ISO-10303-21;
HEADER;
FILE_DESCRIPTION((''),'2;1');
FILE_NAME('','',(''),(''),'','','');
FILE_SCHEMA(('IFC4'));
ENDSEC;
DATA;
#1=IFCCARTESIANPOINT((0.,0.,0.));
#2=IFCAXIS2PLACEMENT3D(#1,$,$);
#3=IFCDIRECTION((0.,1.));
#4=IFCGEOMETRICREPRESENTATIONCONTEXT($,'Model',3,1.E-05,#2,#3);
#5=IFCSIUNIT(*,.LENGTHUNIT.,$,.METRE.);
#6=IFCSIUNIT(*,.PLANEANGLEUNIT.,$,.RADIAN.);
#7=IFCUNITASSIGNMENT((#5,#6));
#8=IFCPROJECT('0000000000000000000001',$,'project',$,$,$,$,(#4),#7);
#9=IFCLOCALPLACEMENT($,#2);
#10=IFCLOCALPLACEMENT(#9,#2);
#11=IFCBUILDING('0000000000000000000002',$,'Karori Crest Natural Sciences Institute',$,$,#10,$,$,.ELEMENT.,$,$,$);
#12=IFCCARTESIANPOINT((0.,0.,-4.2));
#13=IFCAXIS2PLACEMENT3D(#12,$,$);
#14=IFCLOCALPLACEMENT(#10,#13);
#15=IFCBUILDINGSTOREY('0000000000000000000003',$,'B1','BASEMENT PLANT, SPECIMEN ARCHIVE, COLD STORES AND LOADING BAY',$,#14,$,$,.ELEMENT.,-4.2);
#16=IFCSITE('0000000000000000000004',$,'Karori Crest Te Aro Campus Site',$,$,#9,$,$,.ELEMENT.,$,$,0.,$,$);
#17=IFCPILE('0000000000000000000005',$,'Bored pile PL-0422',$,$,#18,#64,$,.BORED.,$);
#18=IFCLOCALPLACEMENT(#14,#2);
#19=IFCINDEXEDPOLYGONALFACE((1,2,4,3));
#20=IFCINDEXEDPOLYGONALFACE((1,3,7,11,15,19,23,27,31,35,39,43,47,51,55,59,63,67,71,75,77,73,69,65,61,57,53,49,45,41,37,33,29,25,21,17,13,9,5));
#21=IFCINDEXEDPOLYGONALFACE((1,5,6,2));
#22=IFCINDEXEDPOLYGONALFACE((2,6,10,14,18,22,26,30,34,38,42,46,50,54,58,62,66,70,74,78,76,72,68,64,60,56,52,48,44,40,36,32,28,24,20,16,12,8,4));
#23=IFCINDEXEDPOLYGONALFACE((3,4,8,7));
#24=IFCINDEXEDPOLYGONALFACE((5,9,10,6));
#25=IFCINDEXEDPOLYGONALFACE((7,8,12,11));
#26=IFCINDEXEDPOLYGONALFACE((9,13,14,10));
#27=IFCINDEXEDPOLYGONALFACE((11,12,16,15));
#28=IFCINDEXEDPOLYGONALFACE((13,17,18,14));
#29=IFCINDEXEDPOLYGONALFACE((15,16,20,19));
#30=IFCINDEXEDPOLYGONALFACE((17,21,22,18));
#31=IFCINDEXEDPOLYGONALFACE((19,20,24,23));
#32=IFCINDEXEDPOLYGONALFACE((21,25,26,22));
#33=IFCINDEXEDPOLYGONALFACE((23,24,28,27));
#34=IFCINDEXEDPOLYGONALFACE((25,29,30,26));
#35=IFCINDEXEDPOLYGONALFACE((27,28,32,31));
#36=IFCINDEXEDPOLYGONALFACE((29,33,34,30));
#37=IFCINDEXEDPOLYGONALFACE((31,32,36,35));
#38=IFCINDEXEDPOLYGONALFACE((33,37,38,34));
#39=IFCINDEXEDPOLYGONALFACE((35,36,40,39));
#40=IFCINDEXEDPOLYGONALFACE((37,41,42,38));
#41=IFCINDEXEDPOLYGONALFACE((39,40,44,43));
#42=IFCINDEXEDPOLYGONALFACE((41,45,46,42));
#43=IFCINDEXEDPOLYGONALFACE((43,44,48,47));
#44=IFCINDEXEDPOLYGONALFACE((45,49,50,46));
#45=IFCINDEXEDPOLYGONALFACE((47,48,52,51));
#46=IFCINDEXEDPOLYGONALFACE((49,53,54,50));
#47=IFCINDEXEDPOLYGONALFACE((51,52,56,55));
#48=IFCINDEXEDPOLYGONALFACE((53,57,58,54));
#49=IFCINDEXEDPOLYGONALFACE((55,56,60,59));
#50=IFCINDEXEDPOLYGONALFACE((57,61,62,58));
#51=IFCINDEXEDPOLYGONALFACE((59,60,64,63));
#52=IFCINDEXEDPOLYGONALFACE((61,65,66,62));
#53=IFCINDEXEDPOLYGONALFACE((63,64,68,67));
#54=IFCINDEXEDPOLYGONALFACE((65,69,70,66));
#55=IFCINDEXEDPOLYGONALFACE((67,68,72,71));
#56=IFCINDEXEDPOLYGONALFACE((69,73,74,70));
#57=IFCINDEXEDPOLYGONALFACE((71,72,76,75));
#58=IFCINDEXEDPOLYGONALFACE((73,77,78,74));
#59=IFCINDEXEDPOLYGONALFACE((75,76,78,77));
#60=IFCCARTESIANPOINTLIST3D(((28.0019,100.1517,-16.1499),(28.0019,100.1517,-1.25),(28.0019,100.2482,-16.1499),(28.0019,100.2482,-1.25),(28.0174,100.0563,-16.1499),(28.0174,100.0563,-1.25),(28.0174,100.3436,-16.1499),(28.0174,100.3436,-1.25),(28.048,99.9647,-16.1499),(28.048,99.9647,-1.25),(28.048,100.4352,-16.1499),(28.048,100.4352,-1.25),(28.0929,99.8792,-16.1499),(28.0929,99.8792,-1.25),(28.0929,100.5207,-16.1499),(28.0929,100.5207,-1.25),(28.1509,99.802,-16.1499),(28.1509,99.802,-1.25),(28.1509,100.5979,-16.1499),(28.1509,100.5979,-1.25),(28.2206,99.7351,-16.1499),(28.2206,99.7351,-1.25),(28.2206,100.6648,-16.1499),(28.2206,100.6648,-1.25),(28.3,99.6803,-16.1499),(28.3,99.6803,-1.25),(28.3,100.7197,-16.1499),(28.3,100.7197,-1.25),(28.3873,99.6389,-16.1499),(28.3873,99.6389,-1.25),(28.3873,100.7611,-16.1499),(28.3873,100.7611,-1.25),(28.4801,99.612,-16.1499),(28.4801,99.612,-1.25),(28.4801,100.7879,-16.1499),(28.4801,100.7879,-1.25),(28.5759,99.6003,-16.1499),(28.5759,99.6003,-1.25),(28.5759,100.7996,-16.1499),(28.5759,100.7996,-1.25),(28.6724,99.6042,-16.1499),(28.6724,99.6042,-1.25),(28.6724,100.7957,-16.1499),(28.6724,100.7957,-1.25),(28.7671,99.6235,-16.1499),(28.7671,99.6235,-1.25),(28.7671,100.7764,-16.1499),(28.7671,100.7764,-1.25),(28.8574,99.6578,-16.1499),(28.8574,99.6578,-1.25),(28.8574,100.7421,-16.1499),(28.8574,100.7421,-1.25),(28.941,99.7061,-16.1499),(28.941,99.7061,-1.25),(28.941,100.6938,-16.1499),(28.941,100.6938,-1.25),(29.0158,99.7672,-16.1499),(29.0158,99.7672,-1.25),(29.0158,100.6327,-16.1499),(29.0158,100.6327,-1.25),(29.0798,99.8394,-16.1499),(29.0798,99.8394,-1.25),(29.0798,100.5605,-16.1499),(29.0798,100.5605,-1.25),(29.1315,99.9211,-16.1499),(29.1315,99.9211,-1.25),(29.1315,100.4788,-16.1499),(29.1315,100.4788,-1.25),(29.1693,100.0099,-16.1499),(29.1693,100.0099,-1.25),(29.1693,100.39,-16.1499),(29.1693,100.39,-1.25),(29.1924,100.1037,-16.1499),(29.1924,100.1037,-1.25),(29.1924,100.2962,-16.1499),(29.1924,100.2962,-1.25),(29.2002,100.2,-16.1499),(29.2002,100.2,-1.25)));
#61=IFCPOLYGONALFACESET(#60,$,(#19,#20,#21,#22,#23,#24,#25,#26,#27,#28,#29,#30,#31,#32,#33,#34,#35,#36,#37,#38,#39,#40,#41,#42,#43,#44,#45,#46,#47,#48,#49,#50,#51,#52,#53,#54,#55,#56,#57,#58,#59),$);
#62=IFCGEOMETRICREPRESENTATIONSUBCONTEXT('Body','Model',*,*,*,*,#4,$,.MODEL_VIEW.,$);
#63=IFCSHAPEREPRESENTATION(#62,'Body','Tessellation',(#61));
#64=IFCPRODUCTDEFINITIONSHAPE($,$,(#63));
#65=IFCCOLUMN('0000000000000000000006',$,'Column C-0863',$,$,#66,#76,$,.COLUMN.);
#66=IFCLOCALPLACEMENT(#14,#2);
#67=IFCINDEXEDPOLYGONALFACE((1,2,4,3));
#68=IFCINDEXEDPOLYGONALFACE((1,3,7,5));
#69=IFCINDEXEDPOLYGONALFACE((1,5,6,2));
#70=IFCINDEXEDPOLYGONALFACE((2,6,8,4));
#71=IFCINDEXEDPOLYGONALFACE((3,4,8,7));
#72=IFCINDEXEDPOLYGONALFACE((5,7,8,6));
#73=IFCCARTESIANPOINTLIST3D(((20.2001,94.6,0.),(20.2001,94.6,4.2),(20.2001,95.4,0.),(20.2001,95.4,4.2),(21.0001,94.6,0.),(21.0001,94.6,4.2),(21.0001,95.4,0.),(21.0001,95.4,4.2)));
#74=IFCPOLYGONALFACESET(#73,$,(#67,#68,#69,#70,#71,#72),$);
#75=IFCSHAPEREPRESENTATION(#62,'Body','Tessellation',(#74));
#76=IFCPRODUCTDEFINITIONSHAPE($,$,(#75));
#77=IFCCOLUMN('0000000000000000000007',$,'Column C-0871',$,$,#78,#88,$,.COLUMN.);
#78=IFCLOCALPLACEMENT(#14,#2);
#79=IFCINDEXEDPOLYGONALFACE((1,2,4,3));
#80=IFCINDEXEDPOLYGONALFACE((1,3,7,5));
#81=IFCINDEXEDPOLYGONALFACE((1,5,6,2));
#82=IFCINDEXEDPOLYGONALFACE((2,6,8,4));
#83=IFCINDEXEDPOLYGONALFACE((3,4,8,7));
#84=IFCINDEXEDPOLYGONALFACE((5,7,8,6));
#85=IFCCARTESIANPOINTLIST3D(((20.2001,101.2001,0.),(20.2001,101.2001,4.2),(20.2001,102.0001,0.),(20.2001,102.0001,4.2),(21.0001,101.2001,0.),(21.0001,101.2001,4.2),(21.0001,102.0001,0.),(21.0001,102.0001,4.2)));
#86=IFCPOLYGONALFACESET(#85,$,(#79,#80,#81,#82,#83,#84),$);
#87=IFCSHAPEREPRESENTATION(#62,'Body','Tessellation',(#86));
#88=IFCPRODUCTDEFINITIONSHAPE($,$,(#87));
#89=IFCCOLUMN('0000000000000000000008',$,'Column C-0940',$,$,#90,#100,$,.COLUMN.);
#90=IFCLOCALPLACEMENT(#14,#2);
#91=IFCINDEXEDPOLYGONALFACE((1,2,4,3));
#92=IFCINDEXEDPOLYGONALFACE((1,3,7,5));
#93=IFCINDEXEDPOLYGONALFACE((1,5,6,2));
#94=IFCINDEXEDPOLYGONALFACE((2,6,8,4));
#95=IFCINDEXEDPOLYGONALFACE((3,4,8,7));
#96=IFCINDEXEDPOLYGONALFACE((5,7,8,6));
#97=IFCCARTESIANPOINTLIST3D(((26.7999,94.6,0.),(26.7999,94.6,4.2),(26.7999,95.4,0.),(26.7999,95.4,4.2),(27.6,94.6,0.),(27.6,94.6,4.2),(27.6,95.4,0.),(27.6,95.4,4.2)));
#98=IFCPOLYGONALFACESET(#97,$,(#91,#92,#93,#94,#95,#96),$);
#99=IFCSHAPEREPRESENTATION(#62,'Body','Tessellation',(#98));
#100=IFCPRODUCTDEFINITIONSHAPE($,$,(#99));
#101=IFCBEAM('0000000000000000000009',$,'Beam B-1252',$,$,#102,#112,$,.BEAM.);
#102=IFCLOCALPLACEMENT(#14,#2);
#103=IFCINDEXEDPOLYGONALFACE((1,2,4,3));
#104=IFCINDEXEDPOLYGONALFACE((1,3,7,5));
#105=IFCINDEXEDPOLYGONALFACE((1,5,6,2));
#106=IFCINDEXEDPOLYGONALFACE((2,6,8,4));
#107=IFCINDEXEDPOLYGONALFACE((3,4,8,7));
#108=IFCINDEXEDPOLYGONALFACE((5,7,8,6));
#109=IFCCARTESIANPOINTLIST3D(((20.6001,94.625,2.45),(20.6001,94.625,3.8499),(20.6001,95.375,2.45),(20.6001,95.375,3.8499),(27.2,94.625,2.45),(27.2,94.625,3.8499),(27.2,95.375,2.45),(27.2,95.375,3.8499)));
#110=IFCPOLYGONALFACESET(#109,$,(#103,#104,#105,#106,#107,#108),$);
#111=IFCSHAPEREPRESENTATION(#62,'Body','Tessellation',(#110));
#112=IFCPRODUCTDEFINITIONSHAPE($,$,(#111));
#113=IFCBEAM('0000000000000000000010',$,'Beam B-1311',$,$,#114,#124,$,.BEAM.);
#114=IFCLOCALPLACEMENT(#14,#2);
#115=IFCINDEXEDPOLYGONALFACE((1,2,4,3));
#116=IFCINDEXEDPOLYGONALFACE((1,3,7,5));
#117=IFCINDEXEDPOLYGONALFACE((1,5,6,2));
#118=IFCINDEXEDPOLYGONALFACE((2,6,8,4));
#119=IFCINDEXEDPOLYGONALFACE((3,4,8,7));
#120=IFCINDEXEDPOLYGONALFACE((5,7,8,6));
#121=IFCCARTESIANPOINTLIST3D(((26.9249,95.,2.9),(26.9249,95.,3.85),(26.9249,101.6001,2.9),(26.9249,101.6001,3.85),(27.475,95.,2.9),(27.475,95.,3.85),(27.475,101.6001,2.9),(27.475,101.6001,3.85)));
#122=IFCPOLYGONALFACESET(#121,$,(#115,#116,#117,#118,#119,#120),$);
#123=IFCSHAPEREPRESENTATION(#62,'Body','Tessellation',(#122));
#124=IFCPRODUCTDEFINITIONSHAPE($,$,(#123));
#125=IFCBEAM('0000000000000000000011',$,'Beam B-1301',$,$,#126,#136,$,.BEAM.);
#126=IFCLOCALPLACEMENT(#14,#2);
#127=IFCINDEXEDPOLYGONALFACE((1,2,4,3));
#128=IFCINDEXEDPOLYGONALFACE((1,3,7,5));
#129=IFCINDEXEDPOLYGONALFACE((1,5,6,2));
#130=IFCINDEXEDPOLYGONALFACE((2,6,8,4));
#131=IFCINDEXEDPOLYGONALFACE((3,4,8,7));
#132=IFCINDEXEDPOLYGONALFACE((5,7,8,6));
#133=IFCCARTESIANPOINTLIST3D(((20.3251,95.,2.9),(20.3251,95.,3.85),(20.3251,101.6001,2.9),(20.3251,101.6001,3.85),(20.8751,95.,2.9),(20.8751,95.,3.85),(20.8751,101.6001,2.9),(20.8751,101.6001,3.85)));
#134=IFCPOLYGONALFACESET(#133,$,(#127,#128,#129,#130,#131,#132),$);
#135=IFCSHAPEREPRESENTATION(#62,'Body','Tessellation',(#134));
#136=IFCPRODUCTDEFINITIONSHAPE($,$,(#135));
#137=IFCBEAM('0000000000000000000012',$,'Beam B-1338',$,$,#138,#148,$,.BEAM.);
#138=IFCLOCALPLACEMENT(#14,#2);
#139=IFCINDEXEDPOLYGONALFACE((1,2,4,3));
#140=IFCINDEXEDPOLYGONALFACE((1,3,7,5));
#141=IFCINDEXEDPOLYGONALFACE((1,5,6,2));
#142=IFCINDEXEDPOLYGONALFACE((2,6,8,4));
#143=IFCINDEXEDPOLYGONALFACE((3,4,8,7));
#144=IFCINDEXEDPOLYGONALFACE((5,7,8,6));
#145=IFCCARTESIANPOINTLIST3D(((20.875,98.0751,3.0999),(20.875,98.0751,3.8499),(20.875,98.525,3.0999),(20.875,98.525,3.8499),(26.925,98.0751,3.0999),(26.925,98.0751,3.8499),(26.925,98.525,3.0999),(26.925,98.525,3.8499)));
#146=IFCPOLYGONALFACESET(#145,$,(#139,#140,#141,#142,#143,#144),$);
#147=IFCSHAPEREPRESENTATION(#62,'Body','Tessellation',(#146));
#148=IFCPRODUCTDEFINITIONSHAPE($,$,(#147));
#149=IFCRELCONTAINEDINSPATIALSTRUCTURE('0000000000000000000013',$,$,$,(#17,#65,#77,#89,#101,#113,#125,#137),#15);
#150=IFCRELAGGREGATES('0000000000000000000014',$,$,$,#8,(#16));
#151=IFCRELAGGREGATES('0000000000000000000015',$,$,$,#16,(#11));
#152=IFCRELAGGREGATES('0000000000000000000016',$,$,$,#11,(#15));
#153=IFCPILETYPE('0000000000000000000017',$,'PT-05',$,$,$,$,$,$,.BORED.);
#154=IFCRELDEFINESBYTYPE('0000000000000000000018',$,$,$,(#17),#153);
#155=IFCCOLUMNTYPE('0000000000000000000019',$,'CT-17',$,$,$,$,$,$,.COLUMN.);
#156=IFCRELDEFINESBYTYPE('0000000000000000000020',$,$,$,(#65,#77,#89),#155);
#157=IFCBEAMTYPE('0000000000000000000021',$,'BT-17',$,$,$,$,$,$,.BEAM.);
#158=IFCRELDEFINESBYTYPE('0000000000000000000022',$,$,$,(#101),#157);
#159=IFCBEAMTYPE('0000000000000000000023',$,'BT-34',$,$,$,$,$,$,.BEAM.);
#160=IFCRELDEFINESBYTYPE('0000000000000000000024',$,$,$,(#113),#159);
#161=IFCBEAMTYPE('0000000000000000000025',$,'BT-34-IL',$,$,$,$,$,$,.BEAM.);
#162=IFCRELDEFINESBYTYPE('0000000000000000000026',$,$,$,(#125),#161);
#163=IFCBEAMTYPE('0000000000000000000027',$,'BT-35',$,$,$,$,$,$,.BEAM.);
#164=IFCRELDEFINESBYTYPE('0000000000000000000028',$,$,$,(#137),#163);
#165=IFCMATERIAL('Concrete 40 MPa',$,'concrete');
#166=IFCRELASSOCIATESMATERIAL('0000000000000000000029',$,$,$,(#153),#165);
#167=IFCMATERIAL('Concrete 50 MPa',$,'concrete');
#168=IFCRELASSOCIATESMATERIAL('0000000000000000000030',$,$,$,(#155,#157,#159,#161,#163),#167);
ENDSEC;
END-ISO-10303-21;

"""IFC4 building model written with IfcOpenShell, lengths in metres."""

from ifc_helpers import new_model, si_unit, direction, frame, origin, origin_2d, place, context, subcontext, project, spatial, rectangle, circle, extrude, material, material_profile, profile_set, type_object, element, save


model = new_model("IFC4")

# Units and contexts
model_context = context("Model", 3, precision=1e-05, world=origin(), true_north=direction((0.0, 1.0)))
body_context = subcontext(model_context, "Body", "Model", "MODEL_VIEW")
ifc_project = project(units=[si_unit("LENGTHUNIT", "METRE"), si_unit("PLANEANGLEUNIT", "RADIAN")], contexts=[model_context])

# Site, building, storey
site_placement = place(None, origin())
site = spatial("IfcSite", under=ifc_project, at=site_placement, Name="Karori Crest Te Aro Campus Site", CompositionType="ELEMENT", RefElevation=0.0)
building_placement = place(site_placement, origin())
building = spatial("IfcBuilding", under=site, at=building_placement, Name="Karori Crest Natural Sciences Institute", CompositionType="ELEMENT")
storey_placement = place(building_placement, frame((0.0, 0.0, -4.2)))
storey = spatial("IfcBuildingStorey", under=building, at=storey_placement, Name="B1", Description="BASEMENT PLANT, SPECIMEN ARCHIVE, COLD STORES AND LOADING BAY", CompositionType="ELEMENT", Elevation=-4.2)

# Shared definitions
ifc_material_1 = material(Name="Concrete 40 MPa", Category="concrete")

# Pile
ifc_material_profile_1 = material_profile(ifc_material_1, circle(Radius=0.6001, at=origin_2d()), Name="PILE1200")
ifc_profile_set_1 = profile_set([ifc_material_profile_1], Name="Concrete 40 MPa")
pile_type = type_object("IfcPileType", Name="PT-05", PredefinedType="BORED", material=ifc_profile_set_1)
for number, where, z_axis, x_axis, name in (
    (1, (28.6001, 100.2, -1.25), (0.0, 0.0, -1.0), (1.0, 0.0, 0.0), "Bored pile PL-0422"),
):
    element("IfcPile", number, at=place(storey_placement, frame(where, z_axis=z_axis, x_axis=x_axis)), inside=storey, type_object=pile_type, Name=name, PredefinedType="BORED", context=body_context, shape_type="SweptSolid", body=[
        extrude(circle(Radius=0.6001, at=origin_2d()), origin(), (0.0, 0.0, 1.0), 14.8999),
    ])

# Columns
ifc_material_2 = material(Name="Concrete 50 MPa", Category="concrete")
ifc_material_profile_2 = material_profile(ifc_material_2, rectangle(XDim=0.8, YDim=0.8, at=origin_2d()), Name="RC800x800")
ifc_profile_set_2 = profile_set([ifc_material_profile_2], Name="Concrete 50 MPa")
column_type = type_object("IfcColumnType", Name="CT-17", PredefinedType="COLUMN", material=ifc_profile_set_2)
for number, where, z_axis, x_axis, name in (
    (2, (20.6001, 95.0, 0.0), (0.0, 0.0, 1.0), (1.0, 0.0, 0.0), "Column C-0863"),
    (3, (20.6001, 101.6001, 0.0), (0.0, 0.0, 1.0), (1.0, 0.0, 0.0), "Column C-0871"),
    (4, (27.2, 95.0, 0.0), (0.0, 0.0, 1.0), (1.0, 0.0, 0.0), "Column C-0940"),
):
    element("IfcColumn", number, at=place(storey_placement, frame(where, z_axis=z_axis, x_axis=x_axis)), inside=storey, type_object=column_type, Name=name, PredefinedType="COLUMN", context=body_context, shape_type="SweptSolid", body=[
        extrude(rectangle(XDim=0.8, YDim=0.8, at=origin_2d()), origin(), (0.0, 0.0, 1.0), 4.2),
    ])

# Beams
ifc_material_profile_3 = material_profile(ifc_material_2, rectangle(XDim=0.75, YDim=1.3999, at=origin_2d()), Name="RCB750x1400")
ifc_profile_set_3 = profile_set([ifc_material_profile_3], Name="Concrete 50 MPa")
beam_type_1 = type_object("IfcBeamType", Name="BT-17", PredefinedType="BEAM", material=ifc_profile_set_3)
beam_1_placement = place(storey_placement, frame((20.6001, 95.0, 3.1499), z_axis=(1.0, 0.0, 0.0), x_axis=(0.0, 1.0, 0.0)))
element("IfcBeam", 5, at=beam_1_placement, inside=storey, type_object=beam_type_1, Name="Beam B-1252", PredefinedType="BEAM", context=body_context, shape_type="SweptSolid", body=[
    extrude(rectangle(XDim=0.75, YDim=1.3999, at=origin_2d()), origin(), (0.0, 0.0, 1.0), 6.5999),
])
ifc_material_profile_4 = material_profile(ifc_material_2, rectangle(XDim=0.55, YDim=0.95, at=origin_2d()), Name="RCB550x950")
ifc_profile_set_4 = profile_set([ifc_material_profile_4], Name="Concrete 50 MPa")
beam_type_2 = type_object("IfcBeamType", Name="BT-34", PredefinedType="BEAM", material=ifc_profile_set_4)
beam_2_placement = place(storey_placement, frame((27.2, 95.0, 3.375), z_axis=(0.0, 1.0, 0.0), x_axis=(-1.0, 0.0, 0.0)))
element("IfcBeam", 6, at=beam_2_placement, inside=storey, type_object=beam_type_2, Name="Beam B-1311", PredefinedType="BEAM", context=body_context, shape_type="SweptSolid", body=[
    extrude(rectangle(XDim=0.55, YDim=0.95, at=origin_2d()), origin(), (0.0, 0.0, 1.0), 6.6001),
])
ifc_material_profile_5 = material_profile(ifc_material_2, rectangle(XDim=0.55, YDim=0.95, at=origin_2d()), Name="RCB550x950")
ifc_profile_set_5 = profile_set([ifc_material_profile_5], Name="Concrete 50 MPa")
beam_type_3 = type_object("IfcBeamType", Name="BT-34-IL", PredefinedType="BEAM", material=ifc_profile_set_5)
beam_3_placement = place(storey_placement, frame((20.6001, 95.0, 3.375), z_axis=(0.0, 1.0, 0.0), x_axis=(-1.0, 0.0, 0.0)))
element("IfcBeam", 7, at=beam_3_placement, inside=storey, type_object=beam_type_3, Name="Beam B-1301", PredefinedType="BEAM", context=body_context, shape_type="SweptSolid", body=[
    extrude(rectangle(XDim=0.55, YDim=0.95, at=origin_2d()), origin(), (0.0, 0.0, 1.0), 6.6001),
])
ifc_material_profile_6 = material_profile(ifc_material_2, rectangle(XDim=0.45, YDim=0.75, at=origin_2d()), Name="RCB450x750")
ifc_profile_set_6 = profile_set([ifc_material_profile_6], Name="Concrete 50 MPa")
beam_type_4 = type_object("IfcBeamType", Name="BT-35", PredefinedType="BEAM", material=ifc_profile_set_6)
beam_4_placement = place(storey_placement, frame((20.875, 98.3, 3.4749), z_axis=(1.0, 0.0, 0.0), x_axis=(0.0, 1.0, 0.0)))
element("IfcBeam", 8, at=beam_4_placement, inside=storey, type_object=beam_type_4, Name="Beam B-1338", PredefinedType="BEAM", context=body_context, shape_type="SweptSolid", body=[
    extrude(rectangle(XDim=0.45, YDim=0.75, at=origin_2d()), origin(), (0.0, 0.0, 1.0), 6.05),
])

save(model, "model.ifc")
